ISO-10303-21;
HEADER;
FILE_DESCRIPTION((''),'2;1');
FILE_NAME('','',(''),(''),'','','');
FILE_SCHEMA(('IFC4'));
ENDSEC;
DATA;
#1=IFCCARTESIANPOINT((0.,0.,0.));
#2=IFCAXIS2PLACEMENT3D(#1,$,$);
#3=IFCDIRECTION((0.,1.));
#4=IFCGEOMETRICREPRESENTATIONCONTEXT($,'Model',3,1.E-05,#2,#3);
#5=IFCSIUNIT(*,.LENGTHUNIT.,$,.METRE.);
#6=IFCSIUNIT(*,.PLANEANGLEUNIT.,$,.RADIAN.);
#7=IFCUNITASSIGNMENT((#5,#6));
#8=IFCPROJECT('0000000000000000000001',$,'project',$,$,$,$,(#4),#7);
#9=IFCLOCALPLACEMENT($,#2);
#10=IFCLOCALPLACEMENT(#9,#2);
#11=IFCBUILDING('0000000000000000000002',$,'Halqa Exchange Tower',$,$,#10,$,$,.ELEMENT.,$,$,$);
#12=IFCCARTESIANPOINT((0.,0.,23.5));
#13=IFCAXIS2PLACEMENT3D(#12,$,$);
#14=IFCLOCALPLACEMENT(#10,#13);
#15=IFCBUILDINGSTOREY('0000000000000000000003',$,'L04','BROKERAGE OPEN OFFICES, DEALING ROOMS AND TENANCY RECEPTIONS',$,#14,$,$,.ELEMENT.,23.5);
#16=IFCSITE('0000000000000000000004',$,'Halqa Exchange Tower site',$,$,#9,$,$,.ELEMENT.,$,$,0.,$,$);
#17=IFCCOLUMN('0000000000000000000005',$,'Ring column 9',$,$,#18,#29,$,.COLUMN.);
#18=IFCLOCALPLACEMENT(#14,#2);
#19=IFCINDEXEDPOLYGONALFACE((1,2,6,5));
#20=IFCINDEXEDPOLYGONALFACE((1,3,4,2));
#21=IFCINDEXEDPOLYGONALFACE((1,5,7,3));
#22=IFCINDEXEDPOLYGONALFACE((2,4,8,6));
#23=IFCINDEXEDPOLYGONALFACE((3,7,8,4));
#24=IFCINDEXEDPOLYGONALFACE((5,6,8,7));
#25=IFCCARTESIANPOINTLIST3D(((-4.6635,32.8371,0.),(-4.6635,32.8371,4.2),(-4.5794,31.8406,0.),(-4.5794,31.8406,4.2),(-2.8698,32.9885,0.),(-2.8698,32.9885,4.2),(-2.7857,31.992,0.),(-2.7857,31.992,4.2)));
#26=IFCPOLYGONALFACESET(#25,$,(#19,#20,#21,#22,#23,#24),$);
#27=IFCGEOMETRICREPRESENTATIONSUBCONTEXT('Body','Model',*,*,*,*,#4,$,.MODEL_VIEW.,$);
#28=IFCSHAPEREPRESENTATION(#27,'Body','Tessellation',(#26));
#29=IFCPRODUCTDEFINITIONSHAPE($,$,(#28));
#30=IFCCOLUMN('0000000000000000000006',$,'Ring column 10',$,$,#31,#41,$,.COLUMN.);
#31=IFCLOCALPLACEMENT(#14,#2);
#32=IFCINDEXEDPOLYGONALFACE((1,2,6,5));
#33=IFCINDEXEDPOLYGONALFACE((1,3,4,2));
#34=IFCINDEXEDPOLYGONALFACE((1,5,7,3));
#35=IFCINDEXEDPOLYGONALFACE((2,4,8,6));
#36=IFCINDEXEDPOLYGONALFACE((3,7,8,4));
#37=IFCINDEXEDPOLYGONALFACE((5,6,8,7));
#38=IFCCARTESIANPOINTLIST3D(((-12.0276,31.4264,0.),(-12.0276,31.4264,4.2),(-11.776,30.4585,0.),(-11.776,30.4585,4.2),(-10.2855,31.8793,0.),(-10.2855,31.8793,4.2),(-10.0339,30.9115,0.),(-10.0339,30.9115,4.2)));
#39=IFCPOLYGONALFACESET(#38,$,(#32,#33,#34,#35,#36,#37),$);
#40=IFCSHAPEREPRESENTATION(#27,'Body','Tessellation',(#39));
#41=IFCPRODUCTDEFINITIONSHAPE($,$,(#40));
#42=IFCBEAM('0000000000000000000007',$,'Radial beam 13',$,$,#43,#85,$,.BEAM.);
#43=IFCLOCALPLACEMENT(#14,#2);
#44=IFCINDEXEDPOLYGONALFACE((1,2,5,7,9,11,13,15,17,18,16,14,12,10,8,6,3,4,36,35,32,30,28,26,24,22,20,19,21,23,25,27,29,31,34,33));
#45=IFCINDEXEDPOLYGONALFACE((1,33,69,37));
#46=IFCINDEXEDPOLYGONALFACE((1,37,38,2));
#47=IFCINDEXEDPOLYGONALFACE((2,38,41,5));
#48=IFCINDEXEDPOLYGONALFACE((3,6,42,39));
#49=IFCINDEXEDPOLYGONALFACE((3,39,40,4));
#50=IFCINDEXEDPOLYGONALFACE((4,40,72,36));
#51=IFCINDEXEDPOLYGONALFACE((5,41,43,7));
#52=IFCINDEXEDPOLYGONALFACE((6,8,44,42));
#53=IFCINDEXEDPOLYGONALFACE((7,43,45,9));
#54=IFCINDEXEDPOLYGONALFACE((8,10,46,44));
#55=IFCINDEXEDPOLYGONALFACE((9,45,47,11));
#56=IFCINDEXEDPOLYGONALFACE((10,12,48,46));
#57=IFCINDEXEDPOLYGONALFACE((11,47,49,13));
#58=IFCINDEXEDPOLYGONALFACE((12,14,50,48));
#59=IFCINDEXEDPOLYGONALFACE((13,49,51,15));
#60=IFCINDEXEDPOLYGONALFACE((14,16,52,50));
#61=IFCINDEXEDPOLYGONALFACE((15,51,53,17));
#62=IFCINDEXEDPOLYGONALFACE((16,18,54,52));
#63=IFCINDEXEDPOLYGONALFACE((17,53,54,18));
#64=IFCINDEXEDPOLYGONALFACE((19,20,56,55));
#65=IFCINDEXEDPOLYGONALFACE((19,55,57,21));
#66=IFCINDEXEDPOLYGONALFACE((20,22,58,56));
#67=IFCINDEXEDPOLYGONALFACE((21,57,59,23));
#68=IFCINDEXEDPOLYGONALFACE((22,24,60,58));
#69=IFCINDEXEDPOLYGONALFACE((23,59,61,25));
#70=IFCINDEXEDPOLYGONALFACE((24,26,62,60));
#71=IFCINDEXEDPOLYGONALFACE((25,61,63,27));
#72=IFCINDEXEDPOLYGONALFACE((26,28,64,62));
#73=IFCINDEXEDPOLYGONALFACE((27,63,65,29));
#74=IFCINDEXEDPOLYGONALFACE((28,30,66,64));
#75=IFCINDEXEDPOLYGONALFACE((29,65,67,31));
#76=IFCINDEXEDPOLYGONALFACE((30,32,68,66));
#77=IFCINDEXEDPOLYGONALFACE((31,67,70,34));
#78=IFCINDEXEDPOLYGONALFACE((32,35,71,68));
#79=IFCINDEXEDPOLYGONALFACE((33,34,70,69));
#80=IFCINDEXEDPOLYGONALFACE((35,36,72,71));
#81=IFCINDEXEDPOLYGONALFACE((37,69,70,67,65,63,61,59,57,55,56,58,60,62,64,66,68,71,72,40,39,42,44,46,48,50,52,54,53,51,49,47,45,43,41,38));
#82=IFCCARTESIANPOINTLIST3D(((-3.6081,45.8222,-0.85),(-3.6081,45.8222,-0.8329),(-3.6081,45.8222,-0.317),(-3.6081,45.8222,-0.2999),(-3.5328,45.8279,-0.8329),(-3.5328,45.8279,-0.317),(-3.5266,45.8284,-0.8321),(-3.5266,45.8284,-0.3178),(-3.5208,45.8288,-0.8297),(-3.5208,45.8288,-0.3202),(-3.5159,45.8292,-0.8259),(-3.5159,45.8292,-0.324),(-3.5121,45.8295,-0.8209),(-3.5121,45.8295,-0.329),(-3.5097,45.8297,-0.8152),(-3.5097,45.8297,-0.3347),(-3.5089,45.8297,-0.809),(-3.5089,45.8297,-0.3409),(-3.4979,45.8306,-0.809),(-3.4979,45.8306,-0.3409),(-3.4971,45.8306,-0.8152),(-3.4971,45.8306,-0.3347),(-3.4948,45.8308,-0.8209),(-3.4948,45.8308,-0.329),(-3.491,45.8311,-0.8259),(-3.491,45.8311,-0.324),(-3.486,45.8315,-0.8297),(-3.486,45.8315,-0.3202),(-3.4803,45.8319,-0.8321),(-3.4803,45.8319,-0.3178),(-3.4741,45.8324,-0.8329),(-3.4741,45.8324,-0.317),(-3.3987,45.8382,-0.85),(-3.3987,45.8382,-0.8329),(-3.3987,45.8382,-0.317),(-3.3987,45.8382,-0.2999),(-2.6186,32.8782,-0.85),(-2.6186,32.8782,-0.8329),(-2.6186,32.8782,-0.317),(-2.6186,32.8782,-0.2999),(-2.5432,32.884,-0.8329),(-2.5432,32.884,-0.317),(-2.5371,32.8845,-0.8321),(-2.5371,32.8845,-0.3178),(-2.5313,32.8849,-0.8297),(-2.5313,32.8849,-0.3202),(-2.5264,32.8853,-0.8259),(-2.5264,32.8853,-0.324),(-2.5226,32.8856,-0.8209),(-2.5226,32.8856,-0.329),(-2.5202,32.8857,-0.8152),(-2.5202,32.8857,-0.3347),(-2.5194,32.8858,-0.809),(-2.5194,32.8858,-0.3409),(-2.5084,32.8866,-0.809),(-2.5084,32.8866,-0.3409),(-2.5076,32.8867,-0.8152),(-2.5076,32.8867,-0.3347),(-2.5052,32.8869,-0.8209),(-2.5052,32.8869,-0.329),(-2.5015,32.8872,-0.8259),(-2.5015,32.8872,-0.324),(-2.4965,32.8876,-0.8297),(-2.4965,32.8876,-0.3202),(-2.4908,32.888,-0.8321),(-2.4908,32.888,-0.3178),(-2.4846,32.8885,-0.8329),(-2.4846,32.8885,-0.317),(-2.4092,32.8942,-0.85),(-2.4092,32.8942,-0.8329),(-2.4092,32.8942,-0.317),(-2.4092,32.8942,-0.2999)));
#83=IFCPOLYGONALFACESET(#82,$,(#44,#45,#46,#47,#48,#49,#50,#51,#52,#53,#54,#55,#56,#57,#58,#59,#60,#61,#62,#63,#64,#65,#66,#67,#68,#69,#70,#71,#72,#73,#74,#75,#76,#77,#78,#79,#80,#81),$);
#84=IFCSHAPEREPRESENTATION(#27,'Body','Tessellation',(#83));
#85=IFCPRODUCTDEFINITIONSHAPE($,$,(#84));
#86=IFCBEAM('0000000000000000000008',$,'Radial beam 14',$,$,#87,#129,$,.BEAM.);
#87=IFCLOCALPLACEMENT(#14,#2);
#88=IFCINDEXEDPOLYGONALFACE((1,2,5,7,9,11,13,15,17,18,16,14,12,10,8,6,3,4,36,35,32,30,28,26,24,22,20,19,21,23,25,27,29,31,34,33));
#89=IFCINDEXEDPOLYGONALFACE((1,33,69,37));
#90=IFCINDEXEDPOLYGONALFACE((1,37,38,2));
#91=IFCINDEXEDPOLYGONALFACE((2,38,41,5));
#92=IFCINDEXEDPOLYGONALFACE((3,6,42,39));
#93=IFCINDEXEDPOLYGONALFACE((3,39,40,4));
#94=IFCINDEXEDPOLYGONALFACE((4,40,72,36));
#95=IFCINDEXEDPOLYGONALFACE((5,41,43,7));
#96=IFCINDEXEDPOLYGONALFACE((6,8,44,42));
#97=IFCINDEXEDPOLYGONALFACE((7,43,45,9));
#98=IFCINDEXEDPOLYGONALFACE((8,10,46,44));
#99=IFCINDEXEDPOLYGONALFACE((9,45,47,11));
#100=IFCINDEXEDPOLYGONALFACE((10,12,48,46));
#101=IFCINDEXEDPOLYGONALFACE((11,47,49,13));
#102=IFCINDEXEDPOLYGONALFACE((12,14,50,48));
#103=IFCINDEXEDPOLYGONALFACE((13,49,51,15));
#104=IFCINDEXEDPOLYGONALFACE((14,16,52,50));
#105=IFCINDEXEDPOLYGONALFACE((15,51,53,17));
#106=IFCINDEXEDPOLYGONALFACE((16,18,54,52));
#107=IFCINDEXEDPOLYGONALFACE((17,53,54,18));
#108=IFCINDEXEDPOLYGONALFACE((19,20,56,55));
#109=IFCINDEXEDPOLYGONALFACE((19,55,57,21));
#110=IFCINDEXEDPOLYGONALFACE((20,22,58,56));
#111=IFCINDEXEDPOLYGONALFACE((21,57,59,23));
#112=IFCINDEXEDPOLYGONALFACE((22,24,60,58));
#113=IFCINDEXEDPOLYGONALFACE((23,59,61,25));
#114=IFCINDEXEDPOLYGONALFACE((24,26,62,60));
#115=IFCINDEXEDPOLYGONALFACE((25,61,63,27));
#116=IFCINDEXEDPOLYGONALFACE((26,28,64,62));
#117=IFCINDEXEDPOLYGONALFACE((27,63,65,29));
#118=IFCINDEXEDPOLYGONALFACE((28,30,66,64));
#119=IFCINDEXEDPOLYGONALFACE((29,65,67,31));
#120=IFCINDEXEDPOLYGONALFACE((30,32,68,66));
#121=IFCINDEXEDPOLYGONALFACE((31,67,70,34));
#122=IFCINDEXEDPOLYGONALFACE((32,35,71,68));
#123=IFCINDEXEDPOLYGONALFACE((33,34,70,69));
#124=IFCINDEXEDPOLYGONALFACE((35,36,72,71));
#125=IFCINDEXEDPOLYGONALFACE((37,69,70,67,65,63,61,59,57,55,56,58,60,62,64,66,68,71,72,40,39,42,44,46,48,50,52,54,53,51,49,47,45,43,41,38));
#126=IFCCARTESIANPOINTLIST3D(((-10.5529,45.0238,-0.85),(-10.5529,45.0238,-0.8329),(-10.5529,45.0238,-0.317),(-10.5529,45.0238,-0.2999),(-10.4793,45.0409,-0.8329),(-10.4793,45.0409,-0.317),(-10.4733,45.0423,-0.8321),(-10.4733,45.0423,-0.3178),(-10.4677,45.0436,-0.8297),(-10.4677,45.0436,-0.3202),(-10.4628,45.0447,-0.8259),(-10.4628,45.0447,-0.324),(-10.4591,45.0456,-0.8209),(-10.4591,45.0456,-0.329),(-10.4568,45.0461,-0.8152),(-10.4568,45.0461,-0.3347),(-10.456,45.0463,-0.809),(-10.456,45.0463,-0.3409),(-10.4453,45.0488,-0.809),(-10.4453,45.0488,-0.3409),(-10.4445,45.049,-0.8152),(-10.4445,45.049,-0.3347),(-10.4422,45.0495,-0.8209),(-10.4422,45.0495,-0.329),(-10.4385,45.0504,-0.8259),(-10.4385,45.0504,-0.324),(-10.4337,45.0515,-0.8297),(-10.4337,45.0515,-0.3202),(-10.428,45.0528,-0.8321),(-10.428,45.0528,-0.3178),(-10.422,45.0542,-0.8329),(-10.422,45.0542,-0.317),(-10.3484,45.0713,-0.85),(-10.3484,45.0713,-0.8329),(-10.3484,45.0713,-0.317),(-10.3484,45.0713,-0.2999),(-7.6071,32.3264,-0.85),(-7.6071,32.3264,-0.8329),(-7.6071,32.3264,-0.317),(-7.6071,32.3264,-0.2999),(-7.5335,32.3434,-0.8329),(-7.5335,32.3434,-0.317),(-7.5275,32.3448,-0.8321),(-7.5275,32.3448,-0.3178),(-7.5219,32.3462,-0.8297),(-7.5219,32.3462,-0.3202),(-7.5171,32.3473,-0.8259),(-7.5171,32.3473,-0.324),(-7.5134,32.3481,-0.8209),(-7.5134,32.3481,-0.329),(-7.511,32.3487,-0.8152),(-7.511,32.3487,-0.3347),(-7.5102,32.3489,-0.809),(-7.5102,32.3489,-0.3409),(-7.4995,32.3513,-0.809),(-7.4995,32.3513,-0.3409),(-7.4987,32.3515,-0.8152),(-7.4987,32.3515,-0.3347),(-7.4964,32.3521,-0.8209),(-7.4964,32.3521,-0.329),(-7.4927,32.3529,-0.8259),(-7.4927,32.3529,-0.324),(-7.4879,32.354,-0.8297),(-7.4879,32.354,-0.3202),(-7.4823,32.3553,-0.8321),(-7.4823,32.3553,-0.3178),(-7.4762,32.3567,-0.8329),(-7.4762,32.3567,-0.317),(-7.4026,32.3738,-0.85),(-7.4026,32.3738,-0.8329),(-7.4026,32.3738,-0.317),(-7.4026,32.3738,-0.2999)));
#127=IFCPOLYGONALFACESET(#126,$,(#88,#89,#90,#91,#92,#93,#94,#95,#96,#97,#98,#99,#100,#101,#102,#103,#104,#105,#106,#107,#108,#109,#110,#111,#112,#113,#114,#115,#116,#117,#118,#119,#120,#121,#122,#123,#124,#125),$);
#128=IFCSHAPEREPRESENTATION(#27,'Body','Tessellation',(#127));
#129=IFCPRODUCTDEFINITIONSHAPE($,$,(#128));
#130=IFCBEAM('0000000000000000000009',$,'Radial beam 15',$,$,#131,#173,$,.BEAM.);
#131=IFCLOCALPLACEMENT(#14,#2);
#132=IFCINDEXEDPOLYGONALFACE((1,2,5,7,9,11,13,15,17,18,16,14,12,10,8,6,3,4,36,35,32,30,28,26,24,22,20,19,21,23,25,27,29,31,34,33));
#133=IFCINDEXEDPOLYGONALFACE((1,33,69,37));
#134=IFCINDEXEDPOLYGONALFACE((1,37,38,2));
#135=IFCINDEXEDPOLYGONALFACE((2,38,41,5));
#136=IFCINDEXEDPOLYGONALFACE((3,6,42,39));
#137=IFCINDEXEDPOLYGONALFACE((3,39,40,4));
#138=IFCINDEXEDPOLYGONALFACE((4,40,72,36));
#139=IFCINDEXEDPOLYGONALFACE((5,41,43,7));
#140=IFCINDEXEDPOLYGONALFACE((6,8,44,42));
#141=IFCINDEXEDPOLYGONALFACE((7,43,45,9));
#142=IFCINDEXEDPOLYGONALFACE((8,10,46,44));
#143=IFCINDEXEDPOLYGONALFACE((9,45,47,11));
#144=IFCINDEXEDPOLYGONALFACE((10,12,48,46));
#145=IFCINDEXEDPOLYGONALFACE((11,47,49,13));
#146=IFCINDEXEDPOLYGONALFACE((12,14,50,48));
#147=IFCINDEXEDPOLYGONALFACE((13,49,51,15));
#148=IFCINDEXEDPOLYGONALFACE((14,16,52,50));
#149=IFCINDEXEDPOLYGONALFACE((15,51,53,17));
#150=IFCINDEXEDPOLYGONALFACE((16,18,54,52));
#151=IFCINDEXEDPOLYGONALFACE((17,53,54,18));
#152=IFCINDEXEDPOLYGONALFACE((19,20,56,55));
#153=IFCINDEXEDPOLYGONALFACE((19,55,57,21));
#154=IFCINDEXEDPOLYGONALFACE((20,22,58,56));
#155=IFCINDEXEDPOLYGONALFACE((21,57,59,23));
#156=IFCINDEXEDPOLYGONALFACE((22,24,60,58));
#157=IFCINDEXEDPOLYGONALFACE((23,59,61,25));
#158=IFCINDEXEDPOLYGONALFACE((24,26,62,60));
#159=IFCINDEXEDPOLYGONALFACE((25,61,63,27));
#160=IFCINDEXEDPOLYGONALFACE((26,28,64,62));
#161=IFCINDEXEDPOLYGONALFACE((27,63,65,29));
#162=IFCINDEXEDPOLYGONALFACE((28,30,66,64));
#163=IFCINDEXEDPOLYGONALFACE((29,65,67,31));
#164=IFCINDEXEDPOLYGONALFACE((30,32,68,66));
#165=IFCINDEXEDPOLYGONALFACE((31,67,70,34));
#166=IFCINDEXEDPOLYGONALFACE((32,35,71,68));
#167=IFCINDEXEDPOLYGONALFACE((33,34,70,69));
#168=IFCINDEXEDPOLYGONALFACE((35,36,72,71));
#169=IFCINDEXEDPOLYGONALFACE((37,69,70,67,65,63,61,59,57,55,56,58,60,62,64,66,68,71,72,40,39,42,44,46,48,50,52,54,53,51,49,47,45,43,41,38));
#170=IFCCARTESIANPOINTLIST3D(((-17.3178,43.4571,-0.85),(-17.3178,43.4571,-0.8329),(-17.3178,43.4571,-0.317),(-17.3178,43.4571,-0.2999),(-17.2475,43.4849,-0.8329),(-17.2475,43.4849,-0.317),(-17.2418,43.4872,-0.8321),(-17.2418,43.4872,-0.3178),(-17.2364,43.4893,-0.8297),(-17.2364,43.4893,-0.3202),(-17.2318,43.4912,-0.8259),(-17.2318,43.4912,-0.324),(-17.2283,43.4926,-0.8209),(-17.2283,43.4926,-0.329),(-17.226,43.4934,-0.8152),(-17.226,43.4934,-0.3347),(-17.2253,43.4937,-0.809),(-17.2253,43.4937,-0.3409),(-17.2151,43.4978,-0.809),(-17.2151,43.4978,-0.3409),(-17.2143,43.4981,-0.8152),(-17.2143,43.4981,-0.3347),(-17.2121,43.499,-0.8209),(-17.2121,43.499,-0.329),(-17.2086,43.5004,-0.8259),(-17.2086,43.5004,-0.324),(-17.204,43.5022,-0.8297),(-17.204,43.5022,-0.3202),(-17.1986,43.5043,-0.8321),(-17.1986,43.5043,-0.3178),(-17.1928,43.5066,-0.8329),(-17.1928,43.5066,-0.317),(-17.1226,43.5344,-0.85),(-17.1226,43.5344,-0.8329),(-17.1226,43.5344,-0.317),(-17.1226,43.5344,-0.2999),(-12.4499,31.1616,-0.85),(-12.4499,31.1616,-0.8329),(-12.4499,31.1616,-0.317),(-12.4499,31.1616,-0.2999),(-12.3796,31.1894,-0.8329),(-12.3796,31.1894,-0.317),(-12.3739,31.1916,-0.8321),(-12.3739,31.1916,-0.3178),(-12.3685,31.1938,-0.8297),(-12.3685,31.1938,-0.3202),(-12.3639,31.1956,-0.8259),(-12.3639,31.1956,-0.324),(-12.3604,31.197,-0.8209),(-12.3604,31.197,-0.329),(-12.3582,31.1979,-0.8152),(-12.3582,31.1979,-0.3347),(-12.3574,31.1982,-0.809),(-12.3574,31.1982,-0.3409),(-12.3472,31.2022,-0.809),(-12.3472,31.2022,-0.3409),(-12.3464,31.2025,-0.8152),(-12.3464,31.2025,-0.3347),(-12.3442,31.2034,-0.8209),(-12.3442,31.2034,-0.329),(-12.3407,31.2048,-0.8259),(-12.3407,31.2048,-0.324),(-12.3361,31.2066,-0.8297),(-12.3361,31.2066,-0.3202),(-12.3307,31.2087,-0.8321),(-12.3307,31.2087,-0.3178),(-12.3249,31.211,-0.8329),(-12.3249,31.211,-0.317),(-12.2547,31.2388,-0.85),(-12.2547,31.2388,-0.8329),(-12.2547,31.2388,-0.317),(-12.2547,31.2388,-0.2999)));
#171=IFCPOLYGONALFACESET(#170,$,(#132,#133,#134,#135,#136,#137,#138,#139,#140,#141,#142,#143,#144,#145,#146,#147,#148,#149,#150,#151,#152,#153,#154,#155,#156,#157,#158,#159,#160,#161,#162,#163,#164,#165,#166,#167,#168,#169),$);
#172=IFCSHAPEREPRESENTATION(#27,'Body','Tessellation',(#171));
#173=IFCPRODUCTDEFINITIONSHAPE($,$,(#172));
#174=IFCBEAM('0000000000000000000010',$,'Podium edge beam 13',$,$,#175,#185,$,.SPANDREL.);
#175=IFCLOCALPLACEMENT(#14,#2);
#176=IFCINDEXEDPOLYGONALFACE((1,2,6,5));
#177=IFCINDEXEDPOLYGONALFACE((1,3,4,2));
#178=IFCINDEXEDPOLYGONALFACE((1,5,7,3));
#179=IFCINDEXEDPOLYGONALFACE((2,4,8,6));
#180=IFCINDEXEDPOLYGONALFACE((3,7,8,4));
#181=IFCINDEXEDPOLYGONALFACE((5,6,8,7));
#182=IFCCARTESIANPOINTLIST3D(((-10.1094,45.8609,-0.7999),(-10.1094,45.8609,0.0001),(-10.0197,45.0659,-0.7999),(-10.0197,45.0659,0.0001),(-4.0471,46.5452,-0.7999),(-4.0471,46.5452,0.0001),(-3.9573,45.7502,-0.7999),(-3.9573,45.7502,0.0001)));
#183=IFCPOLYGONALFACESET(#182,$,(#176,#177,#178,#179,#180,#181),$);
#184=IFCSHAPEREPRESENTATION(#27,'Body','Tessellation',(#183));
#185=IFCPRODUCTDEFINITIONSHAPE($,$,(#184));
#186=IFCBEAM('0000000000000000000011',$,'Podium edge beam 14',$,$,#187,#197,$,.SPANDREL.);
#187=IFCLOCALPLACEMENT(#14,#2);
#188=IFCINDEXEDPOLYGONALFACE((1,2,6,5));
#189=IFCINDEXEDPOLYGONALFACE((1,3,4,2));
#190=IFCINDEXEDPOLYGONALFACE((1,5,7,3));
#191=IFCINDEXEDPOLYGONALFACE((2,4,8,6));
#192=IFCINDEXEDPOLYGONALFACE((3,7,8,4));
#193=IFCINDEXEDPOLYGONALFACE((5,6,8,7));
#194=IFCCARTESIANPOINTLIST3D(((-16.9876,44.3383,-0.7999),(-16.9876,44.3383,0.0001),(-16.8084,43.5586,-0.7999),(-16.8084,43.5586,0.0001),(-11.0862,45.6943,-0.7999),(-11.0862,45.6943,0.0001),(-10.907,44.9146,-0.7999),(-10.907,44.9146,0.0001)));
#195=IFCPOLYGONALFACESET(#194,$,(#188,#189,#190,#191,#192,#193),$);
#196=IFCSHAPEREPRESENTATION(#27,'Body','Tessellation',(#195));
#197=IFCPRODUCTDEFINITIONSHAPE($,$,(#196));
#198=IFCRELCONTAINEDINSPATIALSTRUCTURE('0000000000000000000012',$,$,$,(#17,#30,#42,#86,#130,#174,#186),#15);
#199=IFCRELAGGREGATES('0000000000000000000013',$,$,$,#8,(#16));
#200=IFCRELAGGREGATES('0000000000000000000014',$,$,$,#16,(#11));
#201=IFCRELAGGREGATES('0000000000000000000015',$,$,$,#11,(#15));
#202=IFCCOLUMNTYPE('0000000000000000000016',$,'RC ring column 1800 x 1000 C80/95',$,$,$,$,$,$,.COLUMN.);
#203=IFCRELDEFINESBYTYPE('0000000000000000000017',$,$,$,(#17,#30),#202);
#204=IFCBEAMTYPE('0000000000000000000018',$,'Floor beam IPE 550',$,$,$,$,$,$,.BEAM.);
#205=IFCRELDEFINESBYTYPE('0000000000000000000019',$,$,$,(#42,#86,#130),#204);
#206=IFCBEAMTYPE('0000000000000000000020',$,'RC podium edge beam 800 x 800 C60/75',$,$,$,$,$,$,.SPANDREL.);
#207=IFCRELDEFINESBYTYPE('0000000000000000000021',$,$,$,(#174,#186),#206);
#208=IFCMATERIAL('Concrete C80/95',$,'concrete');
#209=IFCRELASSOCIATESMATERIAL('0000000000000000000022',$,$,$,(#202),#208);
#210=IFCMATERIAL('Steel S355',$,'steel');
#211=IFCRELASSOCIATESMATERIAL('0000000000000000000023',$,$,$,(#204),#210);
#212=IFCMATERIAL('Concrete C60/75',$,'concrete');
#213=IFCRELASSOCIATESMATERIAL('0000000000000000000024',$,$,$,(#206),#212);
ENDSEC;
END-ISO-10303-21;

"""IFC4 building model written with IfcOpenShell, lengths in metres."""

from ifc_helpers import new_model, si_unit, direction, frame, origin, origin_2d, place, context, subcontext, project, spatial, rectangle, i_section, extrude, material, material_profile, profile_set, type_object, element, save


model = new_model("IFC4")

# Units and contexts
model_context = context("Model", 3, precision=1e-05, world=origin(), true_north=direction((0.0, 1.0)))
body_context = subcontext(model_context, "Body", "Model", "MODEL_VIEW")
ifc_project = project(units=[si_unit("LENGTHUNIT", "METRE"), si_unit("PLANEANGLEUNIT", "RADIAN")], contexts=[model_context])

# Site, building, storey
site_placement = place(None, origin())
site = spatial("IfcSite", under=ifc_project, at=site_placement, Name="Halqa Exchange Tower site", CompositionType="ELEMENT", RefElevation=0.0)
building_placement = place(site_placement, origin())
building = spatial("IfcBuilding", under=site, at=building_placement, Name="Halqa Exchange Tower", CompositionType="ELEMENT")
storey_placement = place(building_placement, frame((0.0, 0.0, 23.5)))
storey = spatial("IfcBuildingStorey", under=building, at=storey_placement, Name="L04", Description="BROKERAGE OPEN OFFICES, DEALING ROOMS AND TENANCY RECEPTIONS", CompositionType="ELEMENT", Elevation=23.5)

# Columns
ifc_material_1 = material(Name="Concrete C80/95", Category="concrete")
ifc_material_profile_1 = material_profile(ifc_material_1, rectangle(XDim=1.8, YDim=1.0, at=origin_2d()), Name="1800 x 1000")
ifc_profile_set_1 = profile_set([ifc_material_profile_1], Name="Concrete C80/95")
column_type = type_object("IfcColumnType", Name="RC ring column 1800 x 1000 C80/95", PredefinedType="COLUMN", material=ifc_profile_set_1)
for number, where, z_axis, x_axis, name in (
    (1, (-3.7246, 32.4146, 0.0), (0.0, 0.0, 1.0), (-0.996455, -0.084123, 0.0), "Ring column 9"),
    (2, (-11.0308, 31.1689, 0.0), (0.0, 0.0, 1.0), (-0.967819, -0.251647, 0.0), "Ring column 10"),
):
    element("IfcColumn", number, at=place(storey_placement, frame(where, z_axis=z_axis, x_axis=x_axis)), inside=storey, type_object=column_type, Name=name, PredefinedType="COLUMN", context=body_context, shape_type="SweptSolid", body=[
        extrude(rectangle(XDim=1.8, YDim=1.0, at=origin_2d()), origin(), (0.0, 0.0, 1.0), 4.2),
    ])

# Beams
ifc_material_2 = material(Name="Steel S355", Category="steel")
ifc_material_profile_2 = material_profile(ifc_material_2, i_section(OverallWidth=0.21, OverallDepth=0.55, WebThickness=0.011, FlangeThickness=0.0171, FilletRadius=0.0239, at=origin_2d()), Name="IPE 550")
ifc_profile_set_2 = profile_set([ifc_material_profile_2], Name="Steel S355")
beam_type_1 = type_object("IfcBeamType", Name="Floor beam IPE 550", PredefinedType="BEAM", material=ifc_profile_set_2)
beam_1_placement = place(storey_placement, frame((-2.5139, 32.8862, -0.575), z_axis=(-0.076223, 0.997091, 0.0), x_axis=(-0.997091, -0.076223, 0.0)))
element("IfcBeam", 3, at=beam_1_placement, inside=storey, type_object=beam_type_1, Name="Radial beam 13", PredefinedType="BEAM", context=body_context, shape_type="SweptSolid", body=[
    extrude(i_section(OverallWidth=0.21, OverallDepth=0.55, WebThickness=0.011, FlangeThickness=0.0171, FilletRadius=0.0239, at=origin_2d()), origin(), (0.0, 0.0, 1.0), 12.9817),
])
beam_2_placement = place(storey_placement, frame((-7.5049, 32.3501, -0.575), z_axis=(-0.225996, 0.974128, 0.0), x_axis=(-0.974128, -0.225996, 0.0)))
element("IfcBeam", 4, at=beam_2_placement, inside=storey, type_object=beam_type_1, Name="Radial beam 14", PredefinedType="BEAM", context=body_context, shape_type="SweptSolid", body=[
    extrude(i_section(OverallWidth=0.21, OverallDepth=0.55, WebThickness=0.011, FlangeThickness=0.0171, FilletRadius=0.0239, at=origin_2d()), origin(), (0.0, 0.0, 1.0), 13.0347),
])
beam_3_placement = place(storey_placement, frame((-12.3523, 31.2002, -0.575), z_axis=(-0.368107, 0.929784, 0.0), x_axis=(-0.929784, -0.368107, 0.0)))
element("IfcBeam", 5, at=beam_3_placement, inside=storey, type_object=beam_type_1, Name="Radial beam 15", PredefinedType="BEAM", context=body_context, shape_type="SweptSolid", body=[
    extrude(i_section(OverallWidth=0.21, OverallDepth=0.55, WebThickness=0.011, FlangeThickness=0.0171, FilletRadius=0.0239, at=origin_2d()), origin(), (0.0, 0.0, 1.0), 13.2241),
])
ifc_material_3 = material(Name="Concrete C60/75", Category="concrete")
ifc_material_profile_3 = material_profile(ifc_material_3, rectangle(XDim=0.8, YDim=0.8, at=origin_2d()), Name="800 x 800")
ifc_profile_set_3 = profile_set([ifc_material_profile_3], Name="Concrete C60/75")
beam_type_2 = type_object("IfcBeamType", Name="RC podium edge beam 800 x 800 C60/75", PredefinedType="SPANDREL", material=ifc_profile_set_3)
beam_4_placement = place(storey_placement, frame((-4.0022, 46.1477, -0.3999), z_axis=(-0.993689, -0.112171, 0.0), x_axis=(0.112171, -0.993689, 0.0)))
element("IfcBeam", 6, at=beam_4_placement, inside=storey, type_object=beam_type_2, Name="Podium edge beam 13", PredefinedType="SPANDREL", context=body_context, shape_type="SweptSolid", body=[
    extrude(rectangle(XDim=0.8, YDim=0.8, at=origin_2d()), origin(), (0.0, 0.0, 1.0), 6.1008),
])
beam_5_placement = place(storey_placement, frame((-10.9966, 45.3044, -0.3999), z_axis=(-0.974604, -0.223935, 0.0), x_axis=(0.223935, -0.974604, 0.0)))
element("IfcBeam", 7, at=beam_5_placement, inside=storey, type_object=beam_type_2, Name="Podium edge beam 14", PredefinedType="SPANDREL", context=body_context, shape_type="SweptSolid", body=[
    extrude(rectangle(XDim=0.8, YDim=0.8, at=origin_2d()), origin(), (0.0, 0.0, 1.0), 6.0552),
])

save(model, "model.ifc")
